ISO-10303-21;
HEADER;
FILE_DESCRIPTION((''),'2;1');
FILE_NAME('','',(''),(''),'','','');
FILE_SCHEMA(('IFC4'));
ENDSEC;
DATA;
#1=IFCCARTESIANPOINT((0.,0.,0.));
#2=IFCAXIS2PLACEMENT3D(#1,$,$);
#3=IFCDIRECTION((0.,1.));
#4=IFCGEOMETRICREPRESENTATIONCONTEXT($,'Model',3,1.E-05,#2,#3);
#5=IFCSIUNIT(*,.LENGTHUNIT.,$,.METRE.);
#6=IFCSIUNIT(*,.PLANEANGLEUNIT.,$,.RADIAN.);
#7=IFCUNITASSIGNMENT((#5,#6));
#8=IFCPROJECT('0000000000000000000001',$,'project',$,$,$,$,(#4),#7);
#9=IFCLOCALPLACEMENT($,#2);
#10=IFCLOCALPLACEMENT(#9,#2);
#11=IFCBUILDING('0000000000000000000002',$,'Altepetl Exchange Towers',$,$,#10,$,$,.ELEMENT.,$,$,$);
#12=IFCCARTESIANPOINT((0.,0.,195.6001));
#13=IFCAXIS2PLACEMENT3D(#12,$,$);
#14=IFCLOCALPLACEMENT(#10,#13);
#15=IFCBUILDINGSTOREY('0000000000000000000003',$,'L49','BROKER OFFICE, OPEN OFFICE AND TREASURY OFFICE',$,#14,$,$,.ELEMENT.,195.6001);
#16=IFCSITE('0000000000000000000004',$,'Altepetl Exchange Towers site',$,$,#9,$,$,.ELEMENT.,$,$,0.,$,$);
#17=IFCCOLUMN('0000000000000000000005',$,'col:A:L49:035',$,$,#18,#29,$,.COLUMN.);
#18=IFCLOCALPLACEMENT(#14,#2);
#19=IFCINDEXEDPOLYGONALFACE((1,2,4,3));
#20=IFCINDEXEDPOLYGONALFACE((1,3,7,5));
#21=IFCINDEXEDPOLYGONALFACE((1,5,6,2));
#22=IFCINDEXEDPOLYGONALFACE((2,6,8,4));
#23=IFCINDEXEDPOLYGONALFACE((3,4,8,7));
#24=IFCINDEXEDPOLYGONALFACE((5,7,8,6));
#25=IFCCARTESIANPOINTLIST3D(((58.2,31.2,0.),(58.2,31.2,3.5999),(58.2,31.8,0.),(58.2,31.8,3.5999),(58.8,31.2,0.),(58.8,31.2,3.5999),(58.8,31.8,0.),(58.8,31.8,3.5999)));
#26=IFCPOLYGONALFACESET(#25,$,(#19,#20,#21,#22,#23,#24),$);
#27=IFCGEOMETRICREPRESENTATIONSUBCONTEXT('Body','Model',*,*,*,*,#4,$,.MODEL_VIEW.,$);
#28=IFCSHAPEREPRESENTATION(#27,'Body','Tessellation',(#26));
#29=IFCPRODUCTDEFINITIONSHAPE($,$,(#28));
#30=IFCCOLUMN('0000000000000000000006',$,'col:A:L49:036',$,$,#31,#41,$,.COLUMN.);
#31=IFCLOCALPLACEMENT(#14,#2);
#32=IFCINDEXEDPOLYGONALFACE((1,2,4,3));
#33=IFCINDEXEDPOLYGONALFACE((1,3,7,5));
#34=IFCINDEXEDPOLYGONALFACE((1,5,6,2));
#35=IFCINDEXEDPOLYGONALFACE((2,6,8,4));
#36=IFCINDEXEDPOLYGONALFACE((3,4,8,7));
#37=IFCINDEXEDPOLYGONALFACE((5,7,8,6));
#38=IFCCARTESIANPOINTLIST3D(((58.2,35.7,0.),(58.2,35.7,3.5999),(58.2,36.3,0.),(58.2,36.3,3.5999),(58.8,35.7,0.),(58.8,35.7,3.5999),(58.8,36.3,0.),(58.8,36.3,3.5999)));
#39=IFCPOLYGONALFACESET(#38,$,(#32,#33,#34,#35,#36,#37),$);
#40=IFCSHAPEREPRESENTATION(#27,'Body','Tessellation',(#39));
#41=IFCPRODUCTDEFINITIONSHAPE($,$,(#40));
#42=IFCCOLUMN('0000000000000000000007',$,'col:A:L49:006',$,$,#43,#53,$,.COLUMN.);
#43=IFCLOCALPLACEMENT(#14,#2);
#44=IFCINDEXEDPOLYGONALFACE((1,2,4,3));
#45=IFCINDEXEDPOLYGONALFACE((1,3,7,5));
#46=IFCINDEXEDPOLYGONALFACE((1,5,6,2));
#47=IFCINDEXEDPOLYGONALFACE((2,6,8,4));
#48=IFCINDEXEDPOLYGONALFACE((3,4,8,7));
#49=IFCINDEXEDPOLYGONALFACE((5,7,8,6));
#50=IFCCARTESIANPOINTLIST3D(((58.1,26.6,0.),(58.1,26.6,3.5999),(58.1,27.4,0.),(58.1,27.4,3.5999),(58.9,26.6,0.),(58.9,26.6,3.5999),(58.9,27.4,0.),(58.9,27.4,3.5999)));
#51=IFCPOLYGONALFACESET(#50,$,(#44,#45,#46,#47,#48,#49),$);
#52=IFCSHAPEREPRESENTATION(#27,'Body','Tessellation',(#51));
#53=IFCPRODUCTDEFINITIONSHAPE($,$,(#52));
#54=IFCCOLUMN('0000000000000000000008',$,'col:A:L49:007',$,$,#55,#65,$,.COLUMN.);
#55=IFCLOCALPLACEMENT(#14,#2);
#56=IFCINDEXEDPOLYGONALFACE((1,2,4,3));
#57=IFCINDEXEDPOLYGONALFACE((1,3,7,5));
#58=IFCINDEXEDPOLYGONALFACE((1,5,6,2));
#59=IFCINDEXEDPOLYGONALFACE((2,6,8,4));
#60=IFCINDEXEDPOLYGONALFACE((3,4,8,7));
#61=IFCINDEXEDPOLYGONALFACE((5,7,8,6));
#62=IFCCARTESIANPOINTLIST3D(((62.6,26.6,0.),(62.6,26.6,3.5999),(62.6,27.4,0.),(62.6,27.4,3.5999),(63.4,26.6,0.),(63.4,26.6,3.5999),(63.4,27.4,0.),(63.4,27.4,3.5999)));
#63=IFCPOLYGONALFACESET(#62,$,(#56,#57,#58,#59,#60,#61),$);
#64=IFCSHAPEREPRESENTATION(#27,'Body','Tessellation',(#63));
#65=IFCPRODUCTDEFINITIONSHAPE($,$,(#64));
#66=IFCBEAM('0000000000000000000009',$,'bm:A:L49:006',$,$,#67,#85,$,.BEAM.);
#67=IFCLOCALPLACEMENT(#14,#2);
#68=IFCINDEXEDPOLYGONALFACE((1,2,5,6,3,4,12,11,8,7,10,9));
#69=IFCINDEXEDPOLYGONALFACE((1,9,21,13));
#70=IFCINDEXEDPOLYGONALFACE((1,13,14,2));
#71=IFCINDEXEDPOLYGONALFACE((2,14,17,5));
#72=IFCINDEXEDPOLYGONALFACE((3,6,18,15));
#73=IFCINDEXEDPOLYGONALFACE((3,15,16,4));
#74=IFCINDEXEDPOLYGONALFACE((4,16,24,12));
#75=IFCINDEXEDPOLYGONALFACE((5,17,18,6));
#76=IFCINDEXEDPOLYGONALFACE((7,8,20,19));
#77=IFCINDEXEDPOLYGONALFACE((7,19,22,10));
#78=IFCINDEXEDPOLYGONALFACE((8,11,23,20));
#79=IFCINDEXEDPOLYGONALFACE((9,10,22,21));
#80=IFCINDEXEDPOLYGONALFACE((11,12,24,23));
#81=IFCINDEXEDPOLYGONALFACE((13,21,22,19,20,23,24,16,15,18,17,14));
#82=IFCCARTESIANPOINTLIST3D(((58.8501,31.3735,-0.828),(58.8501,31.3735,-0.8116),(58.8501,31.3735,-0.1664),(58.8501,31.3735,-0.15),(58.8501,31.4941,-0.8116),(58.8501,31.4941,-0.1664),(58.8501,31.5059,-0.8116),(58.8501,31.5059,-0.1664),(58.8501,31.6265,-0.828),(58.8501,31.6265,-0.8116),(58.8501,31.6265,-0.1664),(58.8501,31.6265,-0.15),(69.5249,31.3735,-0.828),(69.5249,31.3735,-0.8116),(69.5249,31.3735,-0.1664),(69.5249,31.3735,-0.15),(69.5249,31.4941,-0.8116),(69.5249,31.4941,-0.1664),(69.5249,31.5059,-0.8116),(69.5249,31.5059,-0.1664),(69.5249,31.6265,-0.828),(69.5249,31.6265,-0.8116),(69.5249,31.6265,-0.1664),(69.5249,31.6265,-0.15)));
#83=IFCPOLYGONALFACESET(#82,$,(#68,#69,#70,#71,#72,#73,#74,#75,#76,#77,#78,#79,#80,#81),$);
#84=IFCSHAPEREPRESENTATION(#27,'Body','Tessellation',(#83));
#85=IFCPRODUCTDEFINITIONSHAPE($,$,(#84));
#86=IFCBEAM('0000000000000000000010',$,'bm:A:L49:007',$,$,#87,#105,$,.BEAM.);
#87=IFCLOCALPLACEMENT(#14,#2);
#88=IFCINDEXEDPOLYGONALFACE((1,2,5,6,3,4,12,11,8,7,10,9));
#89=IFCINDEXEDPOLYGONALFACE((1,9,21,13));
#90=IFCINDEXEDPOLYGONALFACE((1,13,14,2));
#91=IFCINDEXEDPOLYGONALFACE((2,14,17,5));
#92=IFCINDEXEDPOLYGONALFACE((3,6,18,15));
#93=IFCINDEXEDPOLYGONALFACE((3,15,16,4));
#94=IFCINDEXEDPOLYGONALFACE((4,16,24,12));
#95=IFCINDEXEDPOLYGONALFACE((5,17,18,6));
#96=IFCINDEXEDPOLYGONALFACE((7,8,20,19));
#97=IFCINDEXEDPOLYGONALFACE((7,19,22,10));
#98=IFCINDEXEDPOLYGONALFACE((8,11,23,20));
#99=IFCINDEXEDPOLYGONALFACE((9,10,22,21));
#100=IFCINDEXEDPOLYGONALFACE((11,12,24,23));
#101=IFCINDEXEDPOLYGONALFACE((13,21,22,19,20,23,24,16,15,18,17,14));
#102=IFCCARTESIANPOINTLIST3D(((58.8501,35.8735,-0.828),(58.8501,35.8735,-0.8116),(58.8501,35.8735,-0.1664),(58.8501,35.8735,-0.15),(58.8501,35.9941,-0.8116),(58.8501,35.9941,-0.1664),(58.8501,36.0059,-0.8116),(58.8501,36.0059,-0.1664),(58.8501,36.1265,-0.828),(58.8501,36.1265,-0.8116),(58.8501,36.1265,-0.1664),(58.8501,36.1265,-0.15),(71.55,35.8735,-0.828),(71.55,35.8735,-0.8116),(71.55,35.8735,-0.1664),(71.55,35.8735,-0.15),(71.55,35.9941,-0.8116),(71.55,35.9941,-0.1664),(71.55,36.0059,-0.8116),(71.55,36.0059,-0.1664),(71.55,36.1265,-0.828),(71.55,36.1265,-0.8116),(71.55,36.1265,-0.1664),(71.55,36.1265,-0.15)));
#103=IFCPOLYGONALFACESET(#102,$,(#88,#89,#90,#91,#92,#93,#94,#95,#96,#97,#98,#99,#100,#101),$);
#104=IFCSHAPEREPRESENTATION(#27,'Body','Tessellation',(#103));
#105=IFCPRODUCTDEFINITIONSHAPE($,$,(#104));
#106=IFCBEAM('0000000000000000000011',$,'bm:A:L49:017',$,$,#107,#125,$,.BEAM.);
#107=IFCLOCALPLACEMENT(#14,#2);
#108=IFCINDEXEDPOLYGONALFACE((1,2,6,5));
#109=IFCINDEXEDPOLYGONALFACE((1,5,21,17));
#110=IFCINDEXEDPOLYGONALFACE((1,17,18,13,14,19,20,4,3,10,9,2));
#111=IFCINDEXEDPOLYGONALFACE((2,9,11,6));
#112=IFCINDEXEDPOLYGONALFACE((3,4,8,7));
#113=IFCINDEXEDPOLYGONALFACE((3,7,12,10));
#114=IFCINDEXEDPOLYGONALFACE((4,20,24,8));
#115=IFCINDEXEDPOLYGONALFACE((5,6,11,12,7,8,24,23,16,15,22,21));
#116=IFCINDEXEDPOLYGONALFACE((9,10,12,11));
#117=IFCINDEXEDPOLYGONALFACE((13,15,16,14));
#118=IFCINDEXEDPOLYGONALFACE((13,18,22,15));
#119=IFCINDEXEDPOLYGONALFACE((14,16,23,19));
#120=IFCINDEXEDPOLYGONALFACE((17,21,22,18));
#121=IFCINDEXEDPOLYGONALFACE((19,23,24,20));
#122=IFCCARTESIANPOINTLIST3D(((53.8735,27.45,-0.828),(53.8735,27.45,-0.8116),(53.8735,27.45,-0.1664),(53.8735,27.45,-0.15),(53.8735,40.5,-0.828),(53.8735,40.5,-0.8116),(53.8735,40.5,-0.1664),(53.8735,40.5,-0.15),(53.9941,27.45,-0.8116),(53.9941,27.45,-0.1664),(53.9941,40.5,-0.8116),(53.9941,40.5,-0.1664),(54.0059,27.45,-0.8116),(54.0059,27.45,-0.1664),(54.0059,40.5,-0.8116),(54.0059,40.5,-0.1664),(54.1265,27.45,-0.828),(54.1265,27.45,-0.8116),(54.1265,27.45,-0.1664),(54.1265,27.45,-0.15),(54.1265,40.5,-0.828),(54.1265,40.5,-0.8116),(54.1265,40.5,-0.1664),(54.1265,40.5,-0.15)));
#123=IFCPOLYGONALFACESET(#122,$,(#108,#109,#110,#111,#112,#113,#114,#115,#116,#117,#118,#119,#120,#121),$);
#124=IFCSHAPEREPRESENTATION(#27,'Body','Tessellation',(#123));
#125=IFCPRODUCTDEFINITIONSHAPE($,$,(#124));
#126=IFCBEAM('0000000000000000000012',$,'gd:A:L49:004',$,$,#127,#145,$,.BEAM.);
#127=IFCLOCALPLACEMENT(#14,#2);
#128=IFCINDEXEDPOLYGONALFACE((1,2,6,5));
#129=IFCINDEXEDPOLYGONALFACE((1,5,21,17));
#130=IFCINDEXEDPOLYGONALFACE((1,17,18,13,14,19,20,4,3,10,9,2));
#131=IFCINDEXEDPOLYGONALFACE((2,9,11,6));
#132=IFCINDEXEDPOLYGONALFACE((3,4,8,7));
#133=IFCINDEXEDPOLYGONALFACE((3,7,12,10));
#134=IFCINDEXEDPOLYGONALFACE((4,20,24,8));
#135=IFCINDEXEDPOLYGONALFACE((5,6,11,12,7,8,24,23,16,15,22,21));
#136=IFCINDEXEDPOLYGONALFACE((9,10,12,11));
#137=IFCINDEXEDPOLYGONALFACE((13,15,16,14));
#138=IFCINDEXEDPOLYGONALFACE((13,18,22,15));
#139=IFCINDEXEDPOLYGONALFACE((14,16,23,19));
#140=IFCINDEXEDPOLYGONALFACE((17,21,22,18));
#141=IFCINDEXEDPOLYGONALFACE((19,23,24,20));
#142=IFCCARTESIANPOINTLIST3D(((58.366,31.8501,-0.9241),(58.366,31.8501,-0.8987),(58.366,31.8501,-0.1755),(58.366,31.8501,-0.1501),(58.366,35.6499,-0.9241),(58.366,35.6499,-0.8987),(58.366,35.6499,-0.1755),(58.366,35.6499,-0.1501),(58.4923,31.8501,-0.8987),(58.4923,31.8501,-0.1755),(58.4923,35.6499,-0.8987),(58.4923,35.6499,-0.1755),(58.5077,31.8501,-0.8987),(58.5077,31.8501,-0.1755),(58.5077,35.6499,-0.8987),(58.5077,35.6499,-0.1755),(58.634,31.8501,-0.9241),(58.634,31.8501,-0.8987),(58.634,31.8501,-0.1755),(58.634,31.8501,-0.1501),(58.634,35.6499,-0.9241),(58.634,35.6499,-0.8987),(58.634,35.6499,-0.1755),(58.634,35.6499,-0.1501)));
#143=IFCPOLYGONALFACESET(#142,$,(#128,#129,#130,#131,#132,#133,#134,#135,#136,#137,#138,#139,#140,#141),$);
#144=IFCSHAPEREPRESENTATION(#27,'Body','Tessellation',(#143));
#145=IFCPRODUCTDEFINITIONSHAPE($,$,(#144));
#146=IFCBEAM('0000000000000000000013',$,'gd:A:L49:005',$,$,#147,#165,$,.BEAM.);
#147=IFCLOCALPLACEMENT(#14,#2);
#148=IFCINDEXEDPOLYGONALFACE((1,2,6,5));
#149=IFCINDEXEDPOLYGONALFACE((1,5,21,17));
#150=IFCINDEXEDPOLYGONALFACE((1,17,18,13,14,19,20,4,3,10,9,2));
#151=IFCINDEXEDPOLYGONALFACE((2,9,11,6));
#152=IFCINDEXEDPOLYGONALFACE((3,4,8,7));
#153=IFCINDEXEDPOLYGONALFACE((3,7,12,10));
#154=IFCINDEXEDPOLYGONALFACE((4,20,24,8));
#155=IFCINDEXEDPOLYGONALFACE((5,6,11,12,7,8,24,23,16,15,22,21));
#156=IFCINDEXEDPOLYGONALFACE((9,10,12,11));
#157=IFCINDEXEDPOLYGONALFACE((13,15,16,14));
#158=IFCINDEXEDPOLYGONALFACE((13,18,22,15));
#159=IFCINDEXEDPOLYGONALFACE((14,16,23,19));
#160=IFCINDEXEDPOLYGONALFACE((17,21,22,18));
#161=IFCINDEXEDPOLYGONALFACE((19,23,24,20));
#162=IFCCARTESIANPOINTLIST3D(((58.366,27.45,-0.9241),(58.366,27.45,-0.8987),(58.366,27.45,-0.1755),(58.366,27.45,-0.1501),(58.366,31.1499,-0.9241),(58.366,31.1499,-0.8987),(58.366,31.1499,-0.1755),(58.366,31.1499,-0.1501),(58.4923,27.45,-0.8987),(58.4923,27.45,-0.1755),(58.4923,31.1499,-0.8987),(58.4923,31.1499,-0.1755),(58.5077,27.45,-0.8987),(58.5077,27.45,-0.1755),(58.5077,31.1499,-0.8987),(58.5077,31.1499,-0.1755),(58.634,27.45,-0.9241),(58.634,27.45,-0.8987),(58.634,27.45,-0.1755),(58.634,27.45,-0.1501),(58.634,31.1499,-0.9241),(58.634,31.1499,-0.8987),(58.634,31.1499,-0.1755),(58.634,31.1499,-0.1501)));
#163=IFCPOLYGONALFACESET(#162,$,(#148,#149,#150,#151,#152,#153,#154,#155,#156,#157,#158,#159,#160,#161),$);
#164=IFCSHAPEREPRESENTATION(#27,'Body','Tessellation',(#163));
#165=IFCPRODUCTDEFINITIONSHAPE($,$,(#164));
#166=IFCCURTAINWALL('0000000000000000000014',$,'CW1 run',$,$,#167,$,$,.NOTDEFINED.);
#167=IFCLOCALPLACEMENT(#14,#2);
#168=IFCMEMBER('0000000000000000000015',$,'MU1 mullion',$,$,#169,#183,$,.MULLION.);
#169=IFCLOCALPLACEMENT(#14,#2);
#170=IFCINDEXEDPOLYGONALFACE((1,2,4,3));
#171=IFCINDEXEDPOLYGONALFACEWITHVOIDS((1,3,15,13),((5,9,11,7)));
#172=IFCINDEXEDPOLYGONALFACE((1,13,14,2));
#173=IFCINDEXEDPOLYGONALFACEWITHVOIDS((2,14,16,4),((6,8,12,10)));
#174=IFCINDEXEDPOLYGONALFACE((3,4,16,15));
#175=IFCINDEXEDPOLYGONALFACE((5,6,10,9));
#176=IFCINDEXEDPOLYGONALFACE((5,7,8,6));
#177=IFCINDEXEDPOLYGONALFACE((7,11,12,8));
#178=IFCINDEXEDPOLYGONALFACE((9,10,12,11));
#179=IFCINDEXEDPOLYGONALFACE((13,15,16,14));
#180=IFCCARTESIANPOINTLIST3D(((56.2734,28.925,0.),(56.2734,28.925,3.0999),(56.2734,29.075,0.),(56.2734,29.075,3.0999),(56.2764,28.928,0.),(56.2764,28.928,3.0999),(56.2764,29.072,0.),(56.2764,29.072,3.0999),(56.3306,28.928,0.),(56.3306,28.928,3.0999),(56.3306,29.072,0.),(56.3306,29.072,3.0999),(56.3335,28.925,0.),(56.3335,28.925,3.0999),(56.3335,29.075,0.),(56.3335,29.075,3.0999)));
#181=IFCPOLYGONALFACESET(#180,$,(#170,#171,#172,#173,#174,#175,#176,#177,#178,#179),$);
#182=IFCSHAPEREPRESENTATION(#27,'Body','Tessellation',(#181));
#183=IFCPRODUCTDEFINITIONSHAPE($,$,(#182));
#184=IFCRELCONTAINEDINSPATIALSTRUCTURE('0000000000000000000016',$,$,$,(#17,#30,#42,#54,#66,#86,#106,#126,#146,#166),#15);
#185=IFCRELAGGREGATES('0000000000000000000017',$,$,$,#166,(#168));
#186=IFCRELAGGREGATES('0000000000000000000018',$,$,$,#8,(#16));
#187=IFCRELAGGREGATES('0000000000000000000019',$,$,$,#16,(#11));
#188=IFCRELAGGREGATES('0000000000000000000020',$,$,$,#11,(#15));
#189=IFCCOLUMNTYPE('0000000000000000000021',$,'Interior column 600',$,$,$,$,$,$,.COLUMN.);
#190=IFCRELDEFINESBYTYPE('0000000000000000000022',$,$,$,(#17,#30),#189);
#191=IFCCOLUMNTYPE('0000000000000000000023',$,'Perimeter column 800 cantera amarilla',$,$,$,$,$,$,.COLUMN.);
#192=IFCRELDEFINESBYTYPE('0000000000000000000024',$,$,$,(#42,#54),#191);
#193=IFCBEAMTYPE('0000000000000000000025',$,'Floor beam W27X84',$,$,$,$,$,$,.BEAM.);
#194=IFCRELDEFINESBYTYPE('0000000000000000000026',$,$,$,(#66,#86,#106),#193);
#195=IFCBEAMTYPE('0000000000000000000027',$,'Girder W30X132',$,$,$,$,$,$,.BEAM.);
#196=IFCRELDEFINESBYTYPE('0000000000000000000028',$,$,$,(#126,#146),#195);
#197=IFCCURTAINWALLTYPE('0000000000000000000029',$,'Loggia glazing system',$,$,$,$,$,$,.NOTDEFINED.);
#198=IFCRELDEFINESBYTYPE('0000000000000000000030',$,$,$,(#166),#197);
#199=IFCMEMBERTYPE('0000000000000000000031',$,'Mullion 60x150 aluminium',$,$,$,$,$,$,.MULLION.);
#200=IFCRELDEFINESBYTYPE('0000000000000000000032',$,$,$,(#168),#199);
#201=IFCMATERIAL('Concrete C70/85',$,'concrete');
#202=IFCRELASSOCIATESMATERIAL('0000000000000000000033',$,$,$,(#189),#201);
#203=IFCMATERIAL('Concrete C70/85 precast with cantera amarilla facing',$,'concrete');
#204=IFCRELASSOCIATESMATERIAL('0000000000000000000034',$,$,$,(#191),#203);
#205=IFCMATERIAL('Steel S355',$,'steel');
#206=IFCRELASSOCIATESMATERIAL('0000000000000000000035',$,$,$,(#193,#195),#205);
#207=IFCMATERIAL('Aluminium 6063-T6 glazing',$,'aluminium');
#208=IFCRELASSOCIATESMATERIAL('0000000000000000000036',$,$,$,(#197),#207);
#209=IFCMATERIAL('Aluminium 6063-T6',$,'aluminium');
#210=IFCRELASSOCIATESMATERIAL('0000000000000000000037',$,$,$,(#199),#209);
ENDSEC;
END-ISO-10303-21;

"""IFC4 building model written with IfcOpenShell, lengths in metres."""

from ifc_helpers import new_model, si_unit, direction, frame, origin, origin_2d, place, context, subcontext, project, spatial, rectangle, hollow_rectangle, i_section, extrude, material, material_profile, profile_set, type_object, element, aggregate, save


model = new_model("IFC4")

# Units and contexts
model_context = context("Model", 3, precision=1e-05, world=origin(), true_north=direction((0.0, 1.0)))
body_context = subcontext(model_context, "Body", "Model", "MODEL_VIEW")
ifc_project = project(units=[si_unit("LENGTHUNIT", "METRE"), si_unit("PLANEANGLEUNIT", "RADIAN")], contexts=[model_context])

# Site, building, storey
site_placement = place(None, origin())
site = spatial("IfcSite", under=ifc_project, at=site_placement, Name="Altepetl Exchange Towers site", CompositionType="ELEMENT", RefElevation=0.0)
building_placement = place(site_placement, origin())
building = spatial("IfcBuilding", under=site, at=building_placement, Name="Altepetl Exchange Towers", CompositionType="ELEMENT")
storey_placement = place(building_placement, frame((0.0, 0.0, 195.6001)))
storey = spatial("IfcBuildingStorey", under=building, at=storey_placement, Name="L49", Description="BROKER OFFICE, OPEN OFFICE AND TREASURY OFFICE", CompositionType="ELEMENT", Elevation=195.6001)

# Columns
ifc_material_1 = material(Name="Concrete C70/85", Category="concrete")
ifc_material_profile_1 = material_profile(ifc_material_1, rectangle(XDim=0.6001, YDim=0.6001, at=origin_2d()), Name="600 x 600")
ifc_profile_set_1 = profile_set([ifc_material_profile_1], Name="Concrete C70/85")
column_type_1 = type_object("IfcColumnType", Name="Interior column 600", PredefinedType="COLUMN", material=ifc_profile_set_1)
for number, where, name in (
    (1, (58.5, 31.5, 0.0), "col:A:L49:035"),
    (2, (58.5, 36.0, 0.0), "col:A:L49:036"),
):
    element("IfcColumn", number, at=place(storey_placement, frame(where)), inside=storey, type_object=column_type_1, Name=name, PredefinedType="COLUMN", context=body_context, shape_type="SweptSolid", body=[
        extrude(rectangle(XDim=0.6001, YDim=0.6001, at=origin_2d()), origin(), (0.0, 0.0, 1.0), 3.5999),
    ])
ifc_material_2 = material(Name="Concrete C70/85 precast with cantera amarilla facing", Category="concrete")
ifc_material_profile_2 = material_profile(ifc_material_2, rectangle(XDim=0.8, YDim=0.8, at=origin_2d()), Name="800 x 800")
ifc_profile_set_2 = profile_set([ifc_material_profile_2], Name="Concrete C70/85 precast with cantera amarilla facing")
column_type_2 = type_object("IfcColumnType", Name="Perimeter column 800 cantera amarilla", PredefinedType="COLUMN", material=ifc_profile_set_2)
for number, where, name in (
    (3, (58.5, 27.0, 0.0), "col:A:L49:006"),
    (4, (63.0, 27.0, 0.0), "col:A:L49:007"),
):
    element("IfcColumn", number, at=place(storey_placement, frame(where)), inside=storey, type_object=column_type_2, Name=name, PredefinedType="COLUMN", context=body_context, shape_type="SweptSolid", body=[
        extrude(rectangle(XDim=0.8, YDim=0.8, at=origin_2d()), origin(), (0.0, 0.0, 1.0), 3.5999),
    ])

# Beams
ifc_material_3 = material(Name="Steel S355", Category="steel")
ifc_material_profile_3 = material_profile(ifc_material_3, i_section(OverallWidth=0.2529, OverallDepth=0.678, WebThickness=0.0117, FlangeThickness=0.0164, at=origin_2d()), Name="W27X84")
ifc_profile_set_3 = profile_set([ifc_material_profile_3], Name="Steel S355")
beam_type_1 = type_object("IfcBeamType", Name="Floor beam W27X84", PredefinedType="BEAM", material=ifc_profile_set_3)
beam_1_placement = place(storey_placement, frame((58.8501, 31.5, -0.489), z_axis=(1.0, 0.0, 0.0), x_axis=(0.0, 1.0, 0.0)))
element("IfcBeam", 5, at=beam_1_placement, inside=storey, type_object=beam_type_1, Name="bm:A:L49:006", PredefinedType="BEAM", context=body_context, shape_type="SweptSolid", body=[
    extrude(i_section(OverallWidth=0.2529, OverallDepth=0.678, WebThickness=0.0117, FlangeThickness=0.0164, at=origin_2d()), origin(), (0.0, 0.0, 1.0), 10.6748),
])
beam_2_placement = place(storey_placement, frame((58.8501, 36.0, -0.489), z_axis=(1.0, 0.0, 0.0), x_axis=(0.0, 1.0, 0.0)))
element("IfcBeam", 6, at=beam_2_placement, inside=storey, type_object=beam_type_1, Name="bm:A:L49:007", PredefinedType="BEAM", context=body_context, shape_type="SweptSolid", body=[
    extrude(i_section(OverallWidth=0.2529, OverallDepth=0.678, WebThickness=0.0117, FlangeThickness=0.0164, at=origin_2d()), origin(), (0.0, 0.0, 1.0), 12.7),
])
beam_3_placement = place(storey_placement, frame((54.0, 27.45, -0.489), z_axis=(0.0, 1.0, 0.0), x_axis=(-1.0, 0.0, 0.0)))
element("IfcBeam", 7, at=beam_3_placement, inside=storey, type_object=beam_type_1, Name="bm:A:L49:017", PredefinedType="BEAM", context=body_context, shape_type="SweptSolid", body=[
    extrude(i_section(OverallWidth=0.2529, OverallDepth=0.678, WebThickness=0.0117, FlangeThickness=0.0164, at=origin_2d()), origin(), (0.0, 0.0, 1.0), 13.05),
])
ifc_material_profile_4 = material_profile(ifc_material_3, i_section(OverallWidth=0.2681, OverallDepth=0.7739, WebThickness=0.0154, FlangeThickness=0.0254, at=origin_2d()), Name="W30X132")
ifc_profile_set_4 = profile_set([ifc_material_profile_4], Name="Steel S355")
beam_type_2 = type_object("IfcBeamType", Name="Girder W30X132", PredefinedType="BEAM", material=ifc_profile_set_4)
beam_4_placement = place(storey_placement, frame((58.5, 35.6499, -0.5371), z_axis=(0.0, -1.0, 0.0), x_axis=(1.0, 0.0, 0.0)))
element("IfcBeam", 8, at=beam_4_placement, inside=storey, type_object=beam_type_2, Name="gd:A:L49:004", PredefinedType="BEAM", context=body_context, shape_type="SweptSolid", body=[
    extrude(i_section(OverallWidth=0.2681, OverallDepth=0.7739, WebThickness=0.0154, FlangeThickness=0.0254, at=origin_2d()), origin(), (0.0, 0.0, 1.0), 3.7998),
])
beam_5_placement = place(storey_placement, frame((58.5, 31.1499, -0.5371), z_axis=(0.0, -1.0, 0.0), x_axis=(1.0, 0.0, 0.0)))
element("IfcBeam", 9, at=beam_5_placement, inside=storey, type_object=beam_type_2, Name="gd:A:L49:005", PredefinedType="BEAM", context=body_context, shape_type="SweptSolid", body=[
    extrude(i_section(OverallWidth=0.2681, OverallDepth=0.7739, WebThickness=0.0154, FlangeThickness=0.0254, at=origin_2d()), origin(), (0.0, 0.0, 1.0), 3.7),
])

# Curtain wall, member
ifc_material_4 = material(Name="Aluminium 6063-T6 glazing", Category="aluminium")
curtain_wall_type = type_object("IfcCurtainWallType", Name="Loggia glazing system", PredefinedType="NOTDEFINED", material=ifc_material_4)
curtain_wall_1_placement = place(storey_placement, origin())
curtain_wall_1 = element("IfcCurtainWall", 10, at=curtain_wall_1_placement, inside=storey, type_object=curtain_wall_type, Name="CW1 run", PredefinedType="NOTDEFINED")
ifc_material_5 = material(Name="Aluminium 6063-T6", Category="aluminium")
ifc_material_profile_5 = material_profile(ifc_material_5, hollow_rectangle(XDim=0.0601, YDim=0.1499, WallThickness=0.0029, at=origin_2d()), Name="Mullion 60x150 aluminium")
ifc_profile_set_5 = profile_set([ifc_material_profile_5], Name="Aluminium 6063-T6")
member_type = type_object("IfcMemberType", Name="Mullion 60x150 aluminium", PredefinedType="MULLION", material=ifc_profile_set_5)
member_1_placement = place(storey_placement, frame((56.3035, 29.0, 0.0)))
member_1 = element("IfcMember", 11, at=member_1_placement, type_object=member_type, Name="MU1 mullion", PredefinedType="MULLION", context=body_context, shape_type="SweptSolid", body=[
    extrude(hollow_rectangle(XDim=0.0601, YDim=0.1499, WallThickness=0.0029, at=origin_2d()), origin(), (0.0, 0.0, 1.0), 3.0999),
])

aggregate(curtain_wall_1, [member_1])

save(model, "model.ifc")
